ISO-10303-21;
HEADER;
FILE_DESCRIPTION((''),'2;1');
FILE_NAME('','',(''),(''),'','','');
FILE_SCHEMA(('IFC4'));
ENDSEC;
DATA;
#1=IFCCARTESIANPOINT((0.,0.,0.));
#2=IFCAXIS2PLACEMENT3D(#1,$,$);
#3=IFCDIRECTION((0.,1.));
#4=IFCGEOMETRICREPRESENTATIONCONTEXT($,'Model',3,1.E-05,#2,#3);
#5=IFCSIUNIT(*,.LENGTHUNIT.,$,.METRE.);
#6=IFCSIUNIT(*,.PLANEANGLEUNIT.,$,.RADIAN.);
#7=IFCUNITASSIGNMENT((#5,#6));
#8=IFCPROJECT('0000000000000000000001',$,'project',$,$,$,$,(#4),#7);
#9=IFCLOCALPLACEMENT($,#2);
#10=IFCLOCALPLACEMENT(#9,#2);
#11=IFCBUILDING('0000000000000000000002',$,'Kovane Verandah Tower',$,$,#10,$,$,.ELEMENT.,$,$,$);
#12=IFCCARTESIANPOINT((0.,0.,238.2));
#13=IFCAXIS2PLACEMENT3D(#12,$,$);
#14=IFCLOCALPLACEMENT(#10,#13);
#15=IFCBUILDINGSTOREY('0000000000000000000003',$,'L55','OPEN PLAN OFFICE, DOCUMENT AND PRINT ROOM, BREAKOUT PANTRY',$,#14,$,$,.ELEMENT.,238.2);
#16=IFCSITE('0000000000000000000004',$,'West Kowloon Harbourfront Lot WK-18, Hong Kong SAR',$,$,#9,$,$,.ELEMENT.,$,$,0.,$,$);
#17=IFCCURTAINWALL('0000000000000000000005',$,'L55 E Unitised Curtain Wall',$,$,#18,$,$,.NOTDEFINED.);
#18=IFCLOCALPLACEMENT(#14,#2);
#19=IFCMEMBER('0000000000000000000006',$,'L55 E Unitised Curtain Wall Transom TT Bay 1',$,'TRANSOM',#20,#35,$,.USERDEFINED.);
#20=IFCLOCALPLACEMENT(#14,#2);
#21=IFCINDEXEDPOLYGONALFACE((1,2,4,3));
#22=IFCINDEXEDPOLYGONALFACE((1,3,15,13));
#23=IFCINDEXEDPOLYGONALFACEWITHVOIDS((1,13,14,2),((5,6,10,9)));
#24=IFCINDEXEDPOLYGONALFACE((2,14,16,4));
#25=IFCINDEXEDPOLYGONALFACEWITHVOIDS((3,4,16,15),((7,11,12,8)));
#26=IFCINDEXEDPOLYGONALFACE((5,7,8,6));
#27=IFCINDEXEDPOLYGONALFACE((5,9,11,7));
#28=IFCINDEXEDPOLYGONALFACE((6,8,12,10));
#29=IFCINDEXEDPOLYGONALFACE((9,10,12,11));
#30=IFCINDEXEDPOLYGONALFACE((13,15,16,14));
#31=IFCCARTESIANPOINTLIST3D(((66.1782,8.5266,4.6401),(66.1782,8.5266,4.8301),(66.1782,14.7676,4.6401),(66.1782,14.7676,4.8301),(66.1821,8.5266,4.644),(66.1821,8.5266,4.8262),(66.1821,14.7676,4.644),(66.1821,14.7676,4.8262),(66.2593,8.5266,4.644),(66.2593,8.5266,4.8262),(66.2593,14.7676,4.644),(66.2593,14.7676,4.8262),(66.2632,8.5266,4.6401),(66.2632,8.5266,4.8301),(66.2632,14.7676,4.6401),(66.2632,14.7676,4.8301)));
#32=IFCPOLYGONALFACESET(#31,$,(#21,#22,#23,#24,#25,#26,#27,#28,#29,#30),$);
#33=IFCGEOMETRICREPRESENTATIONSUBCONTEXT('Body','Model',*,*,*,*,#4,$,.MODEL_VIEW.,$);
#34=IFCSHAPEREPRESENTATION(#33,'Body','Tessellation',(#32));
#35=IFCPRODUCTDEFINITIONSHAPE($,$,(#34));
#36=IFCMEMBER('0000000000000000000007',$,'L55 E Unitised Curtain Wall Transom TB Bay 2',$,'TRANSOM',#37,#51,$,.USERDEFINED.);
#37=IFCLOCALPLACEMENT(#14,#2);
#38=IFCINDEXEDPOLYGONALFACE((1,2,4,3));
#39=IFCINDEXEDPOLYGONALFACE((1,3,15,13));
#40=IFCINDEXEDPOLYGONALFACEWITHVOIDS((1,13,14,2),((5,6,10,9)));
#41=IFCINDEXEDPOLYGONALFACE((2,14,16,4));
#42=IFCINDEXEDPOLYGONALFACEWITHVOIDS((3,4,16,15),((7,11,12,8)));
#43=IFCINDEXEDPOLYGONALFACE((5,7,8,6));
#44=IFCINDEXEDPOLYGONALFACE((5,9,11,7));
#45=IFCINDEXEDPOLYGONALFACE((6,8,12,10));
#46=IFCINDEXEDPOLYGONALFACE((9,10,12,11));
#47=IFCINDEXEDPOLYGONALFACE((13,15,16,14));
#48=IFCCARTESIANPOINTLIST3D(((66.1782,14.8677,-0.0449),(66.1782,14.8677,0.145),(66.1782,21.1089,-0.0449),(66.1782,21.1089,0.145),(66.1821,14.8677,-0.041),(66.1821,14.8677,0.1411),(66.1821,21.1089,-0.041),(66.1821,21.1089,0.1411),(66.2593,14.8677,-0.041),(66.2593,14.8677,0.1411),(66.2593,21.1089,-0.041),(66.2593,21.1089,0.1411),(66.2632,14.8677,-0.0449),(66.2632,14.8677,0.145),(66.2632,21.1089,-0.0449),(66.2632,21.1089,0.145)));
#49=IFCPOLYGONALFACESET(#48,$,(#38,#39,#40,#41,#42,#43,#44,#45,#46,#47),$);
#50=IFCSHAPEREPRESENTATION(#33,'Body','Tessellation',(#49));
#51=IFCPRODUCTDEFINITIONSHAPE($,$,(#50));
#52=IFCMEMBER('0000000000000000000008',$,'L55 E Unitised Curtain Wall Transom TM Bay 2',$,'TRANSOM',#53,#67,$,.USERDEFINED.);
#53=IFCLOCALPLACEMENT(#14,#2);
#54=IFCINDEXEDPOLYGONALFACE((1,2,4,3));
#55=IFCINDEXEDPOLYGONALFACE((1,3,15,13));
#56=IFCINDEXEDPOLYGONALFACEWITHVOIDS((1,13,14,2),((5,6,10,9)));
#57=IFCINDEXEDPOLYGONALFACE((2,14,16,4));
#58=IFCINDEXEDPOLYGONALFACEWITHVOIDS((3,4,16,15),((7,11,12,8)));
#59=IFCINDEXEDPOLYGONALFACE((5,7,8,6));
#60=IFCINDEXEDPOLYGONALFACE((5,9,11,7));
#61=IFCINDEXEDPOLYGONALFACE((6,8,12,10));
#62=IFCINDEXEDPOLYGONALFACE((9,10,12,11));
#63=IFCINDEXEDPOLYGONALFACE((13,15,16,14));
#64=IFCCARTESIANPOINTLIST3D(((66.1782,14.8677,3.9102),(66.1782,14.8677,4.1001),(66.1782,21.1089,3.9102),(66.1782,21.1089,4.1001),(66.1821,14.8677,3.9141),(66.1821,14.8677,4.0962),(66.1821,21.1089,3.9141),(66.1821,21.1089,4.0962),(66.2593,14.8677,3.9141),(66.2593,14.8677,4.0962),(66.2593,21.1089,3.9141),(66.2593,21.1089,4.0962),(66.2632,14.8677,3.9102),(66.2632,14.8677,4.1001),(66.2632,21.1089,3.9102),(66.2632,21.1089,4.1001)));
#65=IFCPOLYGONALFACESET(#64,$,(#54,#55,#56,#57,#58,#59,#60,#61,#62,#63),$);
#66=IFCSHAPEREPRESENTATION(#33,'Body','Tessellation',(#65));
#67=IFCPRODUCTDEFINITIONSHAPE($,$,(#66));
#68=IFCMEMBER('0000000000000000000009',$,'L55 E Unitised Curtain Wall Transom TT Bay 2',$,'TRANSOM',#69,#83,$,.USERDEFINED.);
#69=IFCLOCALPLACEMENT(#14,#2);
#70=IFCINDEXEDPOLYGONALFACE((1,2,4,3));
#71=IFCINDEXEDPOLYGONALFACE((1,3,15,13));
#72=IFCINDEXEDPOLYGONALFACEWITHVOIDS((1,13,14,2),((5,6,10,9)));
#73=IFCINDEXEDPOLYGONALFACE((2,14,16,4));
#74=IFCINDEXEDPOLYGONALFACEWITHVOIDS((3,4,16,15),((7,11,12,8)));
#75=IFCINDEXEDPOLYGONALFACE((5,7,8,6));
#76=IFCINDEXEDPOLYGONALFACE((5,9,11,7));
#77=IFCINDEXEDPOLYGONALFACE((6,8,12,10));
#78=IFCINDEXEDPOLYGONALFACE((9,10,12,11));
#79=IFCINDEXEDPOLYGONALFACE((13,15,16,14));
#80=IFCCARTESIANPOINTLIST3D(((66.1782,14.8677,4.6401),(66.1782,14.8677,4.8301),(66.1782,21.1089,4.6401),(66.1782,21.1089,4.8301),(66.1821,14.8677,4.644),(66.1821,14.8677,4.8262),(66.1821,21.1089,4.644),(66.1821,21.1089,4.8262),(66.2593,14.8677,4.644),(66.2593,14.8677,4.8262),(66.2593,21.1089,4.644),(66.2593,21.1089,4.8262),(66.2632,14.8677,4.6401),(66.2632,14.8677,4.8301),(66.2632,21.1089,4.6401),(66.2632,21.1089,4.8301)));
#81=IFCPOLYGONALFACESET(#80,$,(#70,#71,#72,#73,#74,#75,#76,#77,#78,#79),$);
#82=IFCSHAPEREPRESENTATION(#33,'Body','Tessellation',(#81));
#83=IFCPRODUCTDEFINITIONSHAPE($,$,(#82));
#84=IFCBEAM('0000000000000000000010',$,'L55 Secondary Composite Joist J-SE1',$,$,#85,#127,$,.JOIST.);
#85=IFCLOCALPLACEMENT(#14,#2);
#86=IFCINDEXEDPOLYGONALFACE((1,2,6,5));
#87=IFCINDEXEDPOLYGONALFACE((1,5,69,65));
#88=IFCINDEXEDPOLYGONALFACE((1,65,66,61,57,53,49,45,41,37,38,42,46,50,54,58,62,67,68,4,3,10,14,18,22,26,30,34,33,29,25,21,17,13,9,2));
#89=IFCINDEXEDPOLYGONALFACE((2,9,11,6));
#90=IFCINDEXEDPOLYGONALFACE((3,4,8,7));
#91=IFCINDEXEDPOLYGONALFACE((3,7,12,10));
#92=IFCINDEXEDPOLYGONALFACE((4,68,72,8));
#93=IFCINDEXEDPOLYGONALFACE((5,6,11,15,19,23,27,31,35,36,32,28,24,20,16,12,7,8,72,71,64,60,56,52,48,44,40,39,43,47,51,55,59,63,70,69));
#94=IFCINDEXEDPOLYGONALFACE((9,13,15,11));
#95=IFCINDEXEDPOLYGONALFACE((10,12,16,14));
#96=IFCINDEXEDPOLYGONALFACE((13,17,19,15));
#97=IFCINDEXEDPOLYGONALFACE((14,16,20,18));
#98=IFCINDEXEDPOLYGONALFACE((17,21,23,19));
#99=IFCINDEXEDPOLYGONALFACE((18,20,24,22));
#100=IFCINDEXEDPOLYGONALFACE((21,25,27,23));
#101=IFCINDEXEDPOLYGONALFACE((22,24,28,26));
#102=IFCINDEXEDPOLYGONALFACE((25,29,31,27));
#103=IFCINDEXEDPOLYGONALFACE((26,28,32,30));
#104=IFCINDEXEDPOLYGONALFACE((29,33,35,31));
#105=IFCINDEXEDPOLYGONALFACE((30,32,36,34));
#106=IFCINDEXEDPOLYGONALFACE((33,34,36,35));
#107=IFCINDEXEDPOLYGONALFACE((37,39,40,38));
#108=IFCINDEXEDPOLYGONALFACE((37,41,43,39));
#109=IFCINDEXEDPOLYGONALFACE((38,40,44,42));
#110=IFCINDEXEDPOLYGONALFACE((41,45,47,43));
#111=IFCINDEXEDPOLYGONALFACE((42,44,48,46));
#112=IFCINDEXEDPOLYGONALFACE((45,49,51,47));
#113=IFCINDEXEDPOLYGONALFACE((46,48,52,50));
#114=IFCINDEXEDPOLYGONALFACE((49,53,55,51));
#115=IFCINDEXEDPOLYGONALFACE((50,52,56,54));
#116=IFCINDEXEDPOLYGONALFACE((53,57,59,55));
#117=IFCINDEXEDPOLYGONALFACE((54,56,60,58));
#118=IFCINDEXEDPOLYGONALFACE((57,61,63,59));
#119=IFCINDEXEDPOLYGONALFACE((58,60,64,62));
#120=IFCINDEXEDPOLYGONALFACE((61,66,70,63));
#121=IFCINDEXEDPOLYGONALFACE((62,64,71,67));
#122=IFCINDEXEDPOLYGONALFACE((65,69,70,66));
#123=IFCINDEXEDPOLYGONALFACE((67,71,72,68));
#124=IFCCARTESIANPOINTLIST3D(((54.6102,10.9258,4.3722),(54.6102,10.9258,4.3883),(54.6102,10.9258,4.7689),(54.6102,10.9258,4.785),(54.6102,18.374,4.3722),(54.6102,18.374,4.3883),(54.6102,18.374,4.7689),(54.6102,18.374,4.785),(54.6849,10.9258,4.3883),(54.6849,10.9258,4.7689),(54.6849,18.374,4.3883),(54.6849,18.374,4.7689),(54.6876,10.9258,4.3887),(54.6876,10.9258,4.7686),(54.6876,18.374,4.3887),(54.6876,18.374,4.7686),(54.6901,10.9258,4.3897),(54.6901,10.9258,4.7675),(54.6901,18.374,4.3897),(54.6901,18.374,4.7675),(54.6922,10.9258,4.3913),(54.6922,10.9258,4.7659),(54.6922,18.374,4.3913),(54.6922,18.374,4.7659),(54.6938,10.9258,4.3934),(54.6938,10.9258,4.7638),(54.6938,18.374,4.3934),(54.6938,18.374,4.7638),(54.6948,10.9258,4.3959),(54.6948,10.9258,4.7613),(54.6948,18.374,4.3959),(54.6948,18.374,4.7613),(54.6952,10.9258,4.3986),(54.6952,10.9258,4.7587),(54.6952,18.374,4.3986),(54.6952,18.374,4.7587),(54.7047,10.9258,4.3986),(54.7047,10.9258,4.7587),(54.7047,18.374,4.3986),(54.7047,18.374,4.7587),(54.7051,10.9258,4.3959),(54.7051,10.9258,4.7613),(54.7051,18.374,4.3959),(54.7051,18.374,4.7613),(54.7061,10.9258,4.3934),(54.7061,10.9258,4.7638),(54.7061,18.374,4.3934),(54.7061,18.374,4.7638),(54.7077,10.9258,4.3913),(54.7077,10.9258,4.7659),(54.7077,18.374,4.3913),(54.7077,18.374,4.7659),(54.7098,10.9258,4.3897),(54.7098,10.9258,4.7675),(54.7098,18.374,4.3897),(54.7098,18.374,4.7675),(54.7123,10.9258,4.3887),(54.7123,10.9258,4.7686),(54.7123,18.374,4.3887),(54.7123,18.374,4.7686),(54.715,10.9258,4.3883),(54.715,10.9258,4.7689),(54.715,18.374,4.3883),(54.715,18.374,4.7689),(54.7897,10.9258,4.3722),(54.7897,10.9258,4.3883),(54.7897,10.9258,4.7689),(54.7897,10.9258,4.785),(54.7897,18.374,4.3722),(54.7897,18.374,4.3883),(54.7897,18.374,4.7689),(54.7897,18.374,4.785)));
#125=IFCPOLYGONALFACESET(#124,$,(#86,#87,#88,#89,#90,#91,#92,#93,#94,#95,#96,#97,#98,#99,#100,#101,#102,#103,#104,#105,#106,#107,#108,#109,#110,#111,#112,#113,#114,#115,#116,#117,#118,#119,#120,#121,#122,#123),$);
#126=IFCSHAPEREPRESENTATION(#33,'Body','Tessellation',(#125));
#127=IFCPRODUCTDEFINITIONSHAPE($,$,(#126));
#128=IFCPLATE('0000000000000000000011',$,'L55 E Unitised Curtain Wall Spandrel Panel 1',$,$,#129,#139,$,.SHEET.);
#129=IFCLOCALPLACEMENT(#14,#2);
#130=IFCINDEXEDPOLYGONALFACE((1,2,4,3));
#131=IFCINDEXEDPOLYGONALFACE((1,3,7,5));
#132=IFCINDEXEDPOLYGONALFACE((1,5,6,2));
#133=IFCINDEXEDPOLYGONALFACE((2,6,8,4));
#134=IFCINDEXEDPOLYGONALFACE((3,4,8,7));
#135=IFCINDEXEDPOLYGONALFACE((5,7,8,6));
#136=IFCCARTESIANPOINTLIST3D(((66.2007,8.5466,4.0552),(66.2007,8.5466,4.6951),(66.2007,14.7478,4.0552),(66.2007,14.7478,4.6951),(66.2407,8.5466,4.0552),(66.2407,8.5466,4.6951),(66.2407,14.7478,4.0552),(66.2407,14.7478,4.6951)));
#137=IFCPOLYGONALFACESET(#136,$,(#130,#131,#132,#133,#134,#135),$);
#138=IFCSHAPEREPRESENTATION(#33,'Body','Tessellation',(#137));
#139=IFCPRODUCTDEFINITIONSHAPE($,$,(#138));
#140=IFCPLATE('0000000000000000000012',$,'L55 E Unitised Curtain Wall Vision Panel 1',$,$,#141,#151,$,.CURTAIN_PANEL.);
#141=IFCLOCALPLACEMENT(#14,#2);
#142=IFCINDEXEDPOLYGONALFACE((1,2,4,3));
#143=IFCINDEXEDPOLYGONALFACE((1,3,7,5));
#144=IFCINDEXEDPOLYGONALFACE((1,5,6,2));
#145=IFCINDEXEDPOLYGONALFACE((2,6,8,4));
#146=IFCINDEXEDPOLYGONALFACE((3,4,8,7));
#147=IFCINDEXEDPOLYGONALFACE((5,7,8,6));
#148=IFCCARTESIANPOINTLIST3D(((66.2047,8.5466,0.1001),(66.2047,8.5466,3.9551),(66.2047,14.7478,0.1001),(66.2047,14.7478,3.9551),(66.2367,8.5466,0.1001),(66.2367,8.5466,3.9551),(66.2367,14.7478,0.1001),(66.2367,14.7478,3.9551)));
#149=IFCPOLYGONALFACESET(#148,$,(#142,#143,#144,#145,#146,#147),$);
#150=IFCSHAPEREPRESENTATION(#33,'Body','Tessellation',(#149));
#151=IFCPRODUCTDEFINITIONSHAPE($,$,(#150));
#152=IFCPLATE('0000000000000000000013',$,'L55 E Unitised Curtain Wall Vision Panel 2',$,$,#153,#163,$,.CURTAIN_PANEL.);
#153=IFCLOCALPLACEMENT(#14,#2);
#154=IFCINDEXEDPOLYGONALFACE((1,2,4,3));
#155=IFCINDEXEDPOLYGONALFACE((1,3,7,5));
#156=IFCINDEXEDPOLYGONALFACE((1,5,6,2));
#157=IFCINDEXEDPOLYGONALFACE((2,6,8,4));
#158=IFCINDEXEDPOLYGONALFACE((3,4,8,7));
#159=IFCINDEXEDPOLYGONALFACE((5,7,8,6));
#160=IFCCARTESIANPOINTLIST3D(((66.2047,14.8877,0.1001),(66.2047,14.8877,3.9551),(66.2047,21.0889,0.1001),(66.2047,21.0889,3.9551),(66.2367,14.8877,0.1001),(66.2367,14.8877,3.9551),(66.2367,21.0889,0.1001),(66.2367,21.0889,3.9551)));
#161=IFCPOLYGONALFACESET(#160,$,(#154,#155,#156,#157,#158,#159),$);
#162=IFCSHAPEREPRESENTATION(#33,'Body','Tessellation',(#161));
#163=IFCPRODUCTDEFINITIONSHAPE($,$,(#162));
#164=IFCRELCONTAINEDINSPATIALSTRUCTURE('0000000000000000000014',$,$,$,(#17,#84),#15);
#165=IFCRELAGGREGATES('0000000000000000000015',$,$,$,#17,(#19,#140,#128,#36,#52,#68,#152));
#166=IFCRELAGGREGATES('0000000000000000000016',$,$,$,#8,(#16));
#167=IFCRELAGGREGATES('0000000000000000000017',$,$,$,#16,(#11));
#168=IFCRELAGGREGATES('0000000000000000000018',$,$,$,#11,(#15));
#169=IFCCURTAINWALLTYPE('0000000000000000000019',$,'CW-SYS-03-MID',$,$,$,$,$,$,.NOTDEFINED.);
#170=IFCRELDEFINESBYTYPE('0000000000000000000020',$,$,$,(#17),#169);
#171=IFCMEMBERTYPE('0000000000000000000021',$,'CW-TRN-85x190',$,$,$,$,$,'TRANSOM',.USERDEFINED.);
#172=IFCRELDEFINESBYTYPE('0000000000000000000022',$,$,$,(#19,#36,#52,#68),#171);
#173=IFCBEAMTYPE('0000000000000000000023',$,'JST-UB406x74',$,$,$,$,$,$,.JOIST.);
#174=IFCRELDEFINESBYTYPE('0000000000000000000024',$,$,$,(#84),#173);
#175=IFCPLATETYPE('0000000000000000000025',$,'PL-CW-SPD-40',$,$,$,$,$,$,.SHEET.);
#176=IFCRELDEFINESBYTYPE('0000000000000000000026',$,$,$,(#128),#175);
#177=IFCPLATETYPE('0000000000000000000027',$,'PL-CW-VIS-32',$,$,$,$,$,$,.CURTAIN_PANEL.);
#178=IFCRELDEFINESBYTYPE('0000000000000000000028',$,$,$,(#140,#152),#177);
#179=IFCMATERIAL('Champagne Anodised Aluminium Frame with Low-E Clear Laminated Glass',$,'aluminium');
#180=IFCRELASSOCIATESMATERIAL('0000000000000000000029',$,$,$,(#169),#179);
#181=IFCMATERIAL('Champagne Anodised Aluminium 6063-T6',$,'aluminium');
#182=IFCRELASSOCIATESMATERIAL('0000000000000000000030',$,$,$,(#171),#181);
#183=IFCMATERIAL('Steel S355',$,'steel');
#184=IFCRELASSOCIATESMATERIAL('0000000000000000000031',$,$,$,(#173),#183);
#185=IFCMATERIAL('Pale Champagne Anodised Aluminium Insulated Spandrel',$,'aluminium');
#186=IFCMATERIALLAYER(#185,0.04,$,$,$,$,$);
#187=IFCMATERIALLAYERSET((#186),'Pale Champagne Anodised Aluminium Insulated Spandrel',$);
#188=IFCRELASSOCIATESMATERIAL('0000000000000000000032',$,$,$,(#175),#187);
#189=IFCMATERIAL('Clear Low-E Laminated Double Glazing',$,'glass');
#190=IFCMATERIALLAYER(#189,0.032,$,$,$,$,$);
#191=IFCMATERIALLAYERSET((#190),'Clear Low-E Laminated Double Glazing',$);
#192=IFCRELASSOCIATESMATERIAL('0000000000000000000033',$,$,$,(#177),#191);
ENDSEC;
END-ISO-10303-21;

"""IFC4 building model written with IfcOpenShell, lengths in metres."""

from ifc_helpers import new_model, si_unit, direction, frame, origin, origin_2d, place, context, subcontext, project, spatial, rectangle, hollow_rectangle, i_section, extrude, material, layer, layer_set, material_profile, profile_set, type_object, element, aggregate, save


model = new_model("IFC4")

# Units and contexts
model_context = context("Model", 3, precision=1e-05, world=origin(), true_north=direction((0.0, 1.0)))
body_context = subcontext(model_context, "Body", "Model", "MODEL_VIEW")
ifc_project = project(units=[si_unit("LENGTHUNIT", "METRE"), si_unit("PLANEANGLEUNIT", "RADIAN")], contexts=[model_context])

# Site, building, storey
site_placement = place(None, origin())
site = spatial("IfcSite", under=ifc_project, at=site_placement, Name="West Kowloon Harbourfront Lot WK-18, Hong Kong SAR", CompositionType="ELEMENT", RefElevation=0.0)
building_placement = place(site_placement, origin())
building = spatial("IfcBuilding", under=site, at=building_placement, Name="Kovane Verandah Tower", CompositionType="ELEMENT")
storey_placement = place(building_placement, frame((0.0, 0.0, 238.2)))
storey = spatial("IfcBuildingStorey", under=building, at=storey_placement, Name="L55", Description="OPEN PLAN OFFICE, DOCUMENT AND PRINT ROOM, BREAKOUT PANTRY", CompositionType="ELEMENT", Elevation=238.2)

# Shared definitions
ifc_material_1 = material(Name="Steel S355", Category="steel")

# Curtain wall, members
ifc_material_2 = material(Name="Champagne Anodised Aluminium Frame with Low-E Clear Laminated Glass", Category="aluminium")
curtain_wall_type = type_object("IfcCurtainWallType", Name="CW-SYS-03-MID", PredefinedType="NOTDEFINED", material=ifc_material_2)
curtain_wall_placement = place(storey_placement, origin())
curtain_wall = element("IfcCurtainWall", 1, at=curtain_wall_placement, inside=storey, type_object=curtain_wall_type, Name="L55 E Unitised Curtain Wall", PredefinedType="NOTDEFINED")
ifc_material_3 = material(Name="Champagne Anodised Aluminium 6063-T6", Category="aluminium")
ifc_material_profile_1 = material_profile(ifc_material_3, hollow_rectangle(XDim=0.085, YDim=0.1899, WallThickness=0.0039, at=origin_2d()), Name="AL85x190x4")
ifc_profile_set_1 = profile_set([ifc_material_profile_1], Name="Champagne Anodised Aluminium 6063-T6")
member_type_1 = type_object("IfcMemberType", Name="CW-TRN-85x190", ElementType="TRANSOM", PredefinedType="USERDEFINED", material=ifc_profile_set_1)
member_1_placement = place(storey_placement, frame((66.2207, 8.5266, 4.7351), z_axis=(0.0, 1.0, 0.0), x_axis=(-1.0, 0.0, 0.0)))
member_1 = element("IfcMember", 2, at=member_1_placement, type_object=member_type_1, Name="L55 E Unitised Curtain Wall Transom TT Bay 1", ObjectType="TRANSOM", PredefinedType="USERDEFINED", context=body_context, shape_type="SweptSolid", body=[
    extrude(hollow_rectangle(XDim=0.085, YDim=0.1899, WallThickness=0.0039, at=origin_2d()), origin(), (0.0, 0.0, 1.0), 6.241),
])
member_2_placement = place(storey_placement, frame((66.2207, 14.8677, 0.05), z_axis=(0.0, 1.0, 0.0), x_axis=(-1.0, 0.0, 0.0)))
member_2 = element("IfcMember", 3, at=member_2_placement, type_object=member_type_1, Name="L55 E Unitised Curtain Wall Transom TB Bay 2", ObjectType="TRANSOM", PredefinedType="USERDEFINED", context=body_context, shape_type="SweptSolid", body=[
    extrude(hollow_rectangle(XDim=0.085, YDim=0.1899, WallThickness=0.0039, at=origin_2d()), origin(), (0.0, 0.0, 1.0), 6.2412),
])
member_3_placement = place(storey_placement, frame((66.2207, 14.8677, 4.0051), z_axis=(0.0, 1.0, 0.0), x_axis=(-1.0, 0.0, 0.0)))
member_3 = element("IfcMember", 4, at=member_3_placement, type_object=member_type_1, Name="L55 E Unitised Curtain Wall Transom TM Bay 2", ObjectType="TRANSOM", PredefinedType="USERDEFINED", context=body_context, shape_type="SweptSolid", body=[
    extrude(hollow_rectangle(XDim=0.085, YDim=0.1899, WallThickness=0.0039, at=origin_2d()), origin(), (0.0, 0.0, 1.0), 6.2412),
])
member_4_placement = place(storey_placement, frame((66.2207, 14.8677, 4.7351), z_axis=(0.0, 1.0, 0.0), x_axis=(-1.0, 0.0, 0.0)))
member_4 = element("IfcMember", 5, at=member_4_placement, type_object=member_type_1, Name="L55 E Unitised Curtain Wall Transom TT Bay 2", ObjectType="TRANSOM", PredefinedType="USERDEFINED", context=body_context, shape_type="SweptSolid", body=[
    extrude(hollow_rectangle(XDim=0.085, YDim=0.1899, WallThickness=0.0039, at=origin_2d()), origin(), (0.0, 0.0, 1.0), 6.2412),
])

# Beam
ifc_material_profile_2 = material_profile(ifc_material_1, i_section(OverallWidth=0.1794, OverallDepth=0.4128, WebThickness=0.0095, FlangeThickness=0.0161, FilletRadius=0.0103, at=origin_2d()), Name="UB406x178x74")
ifc_profile_set_2 = profile_set([ifc_material_profile_2], Name="Steel S355")
beam_type_1 = type_object("IfcBeamType", Name="JST-UB406x74", PredefinedType="JOIST", material=ifc_profile_set_2)
beam_1_placement = place(storey_placement, frame((54.7, 10.9258, 4.5786), z_axis=(0.0, 1.0, 0.0), x_axis=(-1.0, 0.0, 0.0)))
element("IfcBeam", 6, at=beam_1_placement, inside=storey, type_object=beam_type_1, Name="L55 Secondary Composite Joist J-SE1", PredefinedType="JOIST", context=body_context, shape_type="SweptSolid", body=[
    extrude(i_section(OverallWidth=0.1794, OverallDepth=0.4128, WebThickness=0.0095, FlangeThickness=0.0161, FilletRadius=0.0103, at=origin_2d()), origin(), (0.0, 0.0, 1.0), 7.4482),
])

# Plates
ifc_material_4 = material(Name="Pale Champagne Anodised Aluminium Insulated Spandrel", Category="aluminium")
ifc_layer_1 = layer(ifc_material_4, 0.04)
ifc_layer_set_1 = layer_set([ifc_layer_1], Name="Pale Champagne Anodised Aluminium Insulated Spandrel")
plate_type_1 = type_object("IfcPlateType", Name="PL-CW-SPD-40", PredefinedType="SHEET", material=ifc_layer_set_1)
plate_1_placement = place(storey_placement, frame((66.2207, 11.6472, 4.0552), z_axis=(0.0, 0.0, 1.0), x_axis=(0.0, 1.0, 0.0)))
plate_1 = element("IfcPlate", 7, at=plate_1_placement, type_object=plate_type_1, Name="L55 E Unitised Curtain Wall Spandrel Panel 1", PredefinedType="SHEET", context=body_context, shape_type="SweptSolid", body=[
    extrude(rectangle(XDim=6.2012, YDim=0.04, at=origin_2d()), origin(), (0.0, 0.0, 1.0), 0.6399),
])
ifc_material_5 = material(Name="Clear Low-E Laminated Double Glazing", Category="glass")
ifc_layer_2 = layer(ifc_material_5, 0.032)
ifc_layer_set_2 = layer_set([ifc_layer_2], Name="Clear Low-E Laminated Double Glazing")
plate_type_2 = type_object("IfcPlateType", Name="PL-CW-VIS-32", PredefinedType="CURTAIN_PANEL", material=ifc_layer_set_2)
plate_2_placement = place(storey_placement, frame((66.2207, 11.6472, 0.1001), z_axis=(0.0, 0.0, 1.0), x_axis=(0.0, 1.0, 0.0)))
plate_2 = element("IfcPlate", 8, at=plate_2_placement, type_object=plate_type_2, Name="L55 E Unitised Curtain Wall Vision Panel 1", PredefinedType="CURTAIN_PANEL", context=body_context, shape_type="SweptSolid", body=[
    extrude(rectangle(XDim=6.2012, YDim=0.032, at=origin_2d()), origin(), (0.0, 0.0, 1.0), 3.855),
])
plate_3_placement = place(storey_placement, frame((66.2207, 17.9883, 0.1001), z_axis=(0.0, 0.0, 1.0), x_axis=(0.0, 1.0, 0.0)))
plate_3 = element("IfcPlate", 9, at=plate_3_placement, type_object=plate_type_2, Name="L55 E Unitised Curtain Wall Vision Panel 2", PredefinedType="CURTAIN_PANEL", context=body_context, shape_type="SweptSolid", body=[
    extrude(rectangle(XDim=6.2012, YDim=0.032, at=origin_2d()), origin(), (0.0, 0.0, 1.0), 3.855),
])
aggregate(curtain_wall, [member_1, plate_2, plate_1, member_2, member_3, member_4, plate_3])

save(model, "model.ifc")
